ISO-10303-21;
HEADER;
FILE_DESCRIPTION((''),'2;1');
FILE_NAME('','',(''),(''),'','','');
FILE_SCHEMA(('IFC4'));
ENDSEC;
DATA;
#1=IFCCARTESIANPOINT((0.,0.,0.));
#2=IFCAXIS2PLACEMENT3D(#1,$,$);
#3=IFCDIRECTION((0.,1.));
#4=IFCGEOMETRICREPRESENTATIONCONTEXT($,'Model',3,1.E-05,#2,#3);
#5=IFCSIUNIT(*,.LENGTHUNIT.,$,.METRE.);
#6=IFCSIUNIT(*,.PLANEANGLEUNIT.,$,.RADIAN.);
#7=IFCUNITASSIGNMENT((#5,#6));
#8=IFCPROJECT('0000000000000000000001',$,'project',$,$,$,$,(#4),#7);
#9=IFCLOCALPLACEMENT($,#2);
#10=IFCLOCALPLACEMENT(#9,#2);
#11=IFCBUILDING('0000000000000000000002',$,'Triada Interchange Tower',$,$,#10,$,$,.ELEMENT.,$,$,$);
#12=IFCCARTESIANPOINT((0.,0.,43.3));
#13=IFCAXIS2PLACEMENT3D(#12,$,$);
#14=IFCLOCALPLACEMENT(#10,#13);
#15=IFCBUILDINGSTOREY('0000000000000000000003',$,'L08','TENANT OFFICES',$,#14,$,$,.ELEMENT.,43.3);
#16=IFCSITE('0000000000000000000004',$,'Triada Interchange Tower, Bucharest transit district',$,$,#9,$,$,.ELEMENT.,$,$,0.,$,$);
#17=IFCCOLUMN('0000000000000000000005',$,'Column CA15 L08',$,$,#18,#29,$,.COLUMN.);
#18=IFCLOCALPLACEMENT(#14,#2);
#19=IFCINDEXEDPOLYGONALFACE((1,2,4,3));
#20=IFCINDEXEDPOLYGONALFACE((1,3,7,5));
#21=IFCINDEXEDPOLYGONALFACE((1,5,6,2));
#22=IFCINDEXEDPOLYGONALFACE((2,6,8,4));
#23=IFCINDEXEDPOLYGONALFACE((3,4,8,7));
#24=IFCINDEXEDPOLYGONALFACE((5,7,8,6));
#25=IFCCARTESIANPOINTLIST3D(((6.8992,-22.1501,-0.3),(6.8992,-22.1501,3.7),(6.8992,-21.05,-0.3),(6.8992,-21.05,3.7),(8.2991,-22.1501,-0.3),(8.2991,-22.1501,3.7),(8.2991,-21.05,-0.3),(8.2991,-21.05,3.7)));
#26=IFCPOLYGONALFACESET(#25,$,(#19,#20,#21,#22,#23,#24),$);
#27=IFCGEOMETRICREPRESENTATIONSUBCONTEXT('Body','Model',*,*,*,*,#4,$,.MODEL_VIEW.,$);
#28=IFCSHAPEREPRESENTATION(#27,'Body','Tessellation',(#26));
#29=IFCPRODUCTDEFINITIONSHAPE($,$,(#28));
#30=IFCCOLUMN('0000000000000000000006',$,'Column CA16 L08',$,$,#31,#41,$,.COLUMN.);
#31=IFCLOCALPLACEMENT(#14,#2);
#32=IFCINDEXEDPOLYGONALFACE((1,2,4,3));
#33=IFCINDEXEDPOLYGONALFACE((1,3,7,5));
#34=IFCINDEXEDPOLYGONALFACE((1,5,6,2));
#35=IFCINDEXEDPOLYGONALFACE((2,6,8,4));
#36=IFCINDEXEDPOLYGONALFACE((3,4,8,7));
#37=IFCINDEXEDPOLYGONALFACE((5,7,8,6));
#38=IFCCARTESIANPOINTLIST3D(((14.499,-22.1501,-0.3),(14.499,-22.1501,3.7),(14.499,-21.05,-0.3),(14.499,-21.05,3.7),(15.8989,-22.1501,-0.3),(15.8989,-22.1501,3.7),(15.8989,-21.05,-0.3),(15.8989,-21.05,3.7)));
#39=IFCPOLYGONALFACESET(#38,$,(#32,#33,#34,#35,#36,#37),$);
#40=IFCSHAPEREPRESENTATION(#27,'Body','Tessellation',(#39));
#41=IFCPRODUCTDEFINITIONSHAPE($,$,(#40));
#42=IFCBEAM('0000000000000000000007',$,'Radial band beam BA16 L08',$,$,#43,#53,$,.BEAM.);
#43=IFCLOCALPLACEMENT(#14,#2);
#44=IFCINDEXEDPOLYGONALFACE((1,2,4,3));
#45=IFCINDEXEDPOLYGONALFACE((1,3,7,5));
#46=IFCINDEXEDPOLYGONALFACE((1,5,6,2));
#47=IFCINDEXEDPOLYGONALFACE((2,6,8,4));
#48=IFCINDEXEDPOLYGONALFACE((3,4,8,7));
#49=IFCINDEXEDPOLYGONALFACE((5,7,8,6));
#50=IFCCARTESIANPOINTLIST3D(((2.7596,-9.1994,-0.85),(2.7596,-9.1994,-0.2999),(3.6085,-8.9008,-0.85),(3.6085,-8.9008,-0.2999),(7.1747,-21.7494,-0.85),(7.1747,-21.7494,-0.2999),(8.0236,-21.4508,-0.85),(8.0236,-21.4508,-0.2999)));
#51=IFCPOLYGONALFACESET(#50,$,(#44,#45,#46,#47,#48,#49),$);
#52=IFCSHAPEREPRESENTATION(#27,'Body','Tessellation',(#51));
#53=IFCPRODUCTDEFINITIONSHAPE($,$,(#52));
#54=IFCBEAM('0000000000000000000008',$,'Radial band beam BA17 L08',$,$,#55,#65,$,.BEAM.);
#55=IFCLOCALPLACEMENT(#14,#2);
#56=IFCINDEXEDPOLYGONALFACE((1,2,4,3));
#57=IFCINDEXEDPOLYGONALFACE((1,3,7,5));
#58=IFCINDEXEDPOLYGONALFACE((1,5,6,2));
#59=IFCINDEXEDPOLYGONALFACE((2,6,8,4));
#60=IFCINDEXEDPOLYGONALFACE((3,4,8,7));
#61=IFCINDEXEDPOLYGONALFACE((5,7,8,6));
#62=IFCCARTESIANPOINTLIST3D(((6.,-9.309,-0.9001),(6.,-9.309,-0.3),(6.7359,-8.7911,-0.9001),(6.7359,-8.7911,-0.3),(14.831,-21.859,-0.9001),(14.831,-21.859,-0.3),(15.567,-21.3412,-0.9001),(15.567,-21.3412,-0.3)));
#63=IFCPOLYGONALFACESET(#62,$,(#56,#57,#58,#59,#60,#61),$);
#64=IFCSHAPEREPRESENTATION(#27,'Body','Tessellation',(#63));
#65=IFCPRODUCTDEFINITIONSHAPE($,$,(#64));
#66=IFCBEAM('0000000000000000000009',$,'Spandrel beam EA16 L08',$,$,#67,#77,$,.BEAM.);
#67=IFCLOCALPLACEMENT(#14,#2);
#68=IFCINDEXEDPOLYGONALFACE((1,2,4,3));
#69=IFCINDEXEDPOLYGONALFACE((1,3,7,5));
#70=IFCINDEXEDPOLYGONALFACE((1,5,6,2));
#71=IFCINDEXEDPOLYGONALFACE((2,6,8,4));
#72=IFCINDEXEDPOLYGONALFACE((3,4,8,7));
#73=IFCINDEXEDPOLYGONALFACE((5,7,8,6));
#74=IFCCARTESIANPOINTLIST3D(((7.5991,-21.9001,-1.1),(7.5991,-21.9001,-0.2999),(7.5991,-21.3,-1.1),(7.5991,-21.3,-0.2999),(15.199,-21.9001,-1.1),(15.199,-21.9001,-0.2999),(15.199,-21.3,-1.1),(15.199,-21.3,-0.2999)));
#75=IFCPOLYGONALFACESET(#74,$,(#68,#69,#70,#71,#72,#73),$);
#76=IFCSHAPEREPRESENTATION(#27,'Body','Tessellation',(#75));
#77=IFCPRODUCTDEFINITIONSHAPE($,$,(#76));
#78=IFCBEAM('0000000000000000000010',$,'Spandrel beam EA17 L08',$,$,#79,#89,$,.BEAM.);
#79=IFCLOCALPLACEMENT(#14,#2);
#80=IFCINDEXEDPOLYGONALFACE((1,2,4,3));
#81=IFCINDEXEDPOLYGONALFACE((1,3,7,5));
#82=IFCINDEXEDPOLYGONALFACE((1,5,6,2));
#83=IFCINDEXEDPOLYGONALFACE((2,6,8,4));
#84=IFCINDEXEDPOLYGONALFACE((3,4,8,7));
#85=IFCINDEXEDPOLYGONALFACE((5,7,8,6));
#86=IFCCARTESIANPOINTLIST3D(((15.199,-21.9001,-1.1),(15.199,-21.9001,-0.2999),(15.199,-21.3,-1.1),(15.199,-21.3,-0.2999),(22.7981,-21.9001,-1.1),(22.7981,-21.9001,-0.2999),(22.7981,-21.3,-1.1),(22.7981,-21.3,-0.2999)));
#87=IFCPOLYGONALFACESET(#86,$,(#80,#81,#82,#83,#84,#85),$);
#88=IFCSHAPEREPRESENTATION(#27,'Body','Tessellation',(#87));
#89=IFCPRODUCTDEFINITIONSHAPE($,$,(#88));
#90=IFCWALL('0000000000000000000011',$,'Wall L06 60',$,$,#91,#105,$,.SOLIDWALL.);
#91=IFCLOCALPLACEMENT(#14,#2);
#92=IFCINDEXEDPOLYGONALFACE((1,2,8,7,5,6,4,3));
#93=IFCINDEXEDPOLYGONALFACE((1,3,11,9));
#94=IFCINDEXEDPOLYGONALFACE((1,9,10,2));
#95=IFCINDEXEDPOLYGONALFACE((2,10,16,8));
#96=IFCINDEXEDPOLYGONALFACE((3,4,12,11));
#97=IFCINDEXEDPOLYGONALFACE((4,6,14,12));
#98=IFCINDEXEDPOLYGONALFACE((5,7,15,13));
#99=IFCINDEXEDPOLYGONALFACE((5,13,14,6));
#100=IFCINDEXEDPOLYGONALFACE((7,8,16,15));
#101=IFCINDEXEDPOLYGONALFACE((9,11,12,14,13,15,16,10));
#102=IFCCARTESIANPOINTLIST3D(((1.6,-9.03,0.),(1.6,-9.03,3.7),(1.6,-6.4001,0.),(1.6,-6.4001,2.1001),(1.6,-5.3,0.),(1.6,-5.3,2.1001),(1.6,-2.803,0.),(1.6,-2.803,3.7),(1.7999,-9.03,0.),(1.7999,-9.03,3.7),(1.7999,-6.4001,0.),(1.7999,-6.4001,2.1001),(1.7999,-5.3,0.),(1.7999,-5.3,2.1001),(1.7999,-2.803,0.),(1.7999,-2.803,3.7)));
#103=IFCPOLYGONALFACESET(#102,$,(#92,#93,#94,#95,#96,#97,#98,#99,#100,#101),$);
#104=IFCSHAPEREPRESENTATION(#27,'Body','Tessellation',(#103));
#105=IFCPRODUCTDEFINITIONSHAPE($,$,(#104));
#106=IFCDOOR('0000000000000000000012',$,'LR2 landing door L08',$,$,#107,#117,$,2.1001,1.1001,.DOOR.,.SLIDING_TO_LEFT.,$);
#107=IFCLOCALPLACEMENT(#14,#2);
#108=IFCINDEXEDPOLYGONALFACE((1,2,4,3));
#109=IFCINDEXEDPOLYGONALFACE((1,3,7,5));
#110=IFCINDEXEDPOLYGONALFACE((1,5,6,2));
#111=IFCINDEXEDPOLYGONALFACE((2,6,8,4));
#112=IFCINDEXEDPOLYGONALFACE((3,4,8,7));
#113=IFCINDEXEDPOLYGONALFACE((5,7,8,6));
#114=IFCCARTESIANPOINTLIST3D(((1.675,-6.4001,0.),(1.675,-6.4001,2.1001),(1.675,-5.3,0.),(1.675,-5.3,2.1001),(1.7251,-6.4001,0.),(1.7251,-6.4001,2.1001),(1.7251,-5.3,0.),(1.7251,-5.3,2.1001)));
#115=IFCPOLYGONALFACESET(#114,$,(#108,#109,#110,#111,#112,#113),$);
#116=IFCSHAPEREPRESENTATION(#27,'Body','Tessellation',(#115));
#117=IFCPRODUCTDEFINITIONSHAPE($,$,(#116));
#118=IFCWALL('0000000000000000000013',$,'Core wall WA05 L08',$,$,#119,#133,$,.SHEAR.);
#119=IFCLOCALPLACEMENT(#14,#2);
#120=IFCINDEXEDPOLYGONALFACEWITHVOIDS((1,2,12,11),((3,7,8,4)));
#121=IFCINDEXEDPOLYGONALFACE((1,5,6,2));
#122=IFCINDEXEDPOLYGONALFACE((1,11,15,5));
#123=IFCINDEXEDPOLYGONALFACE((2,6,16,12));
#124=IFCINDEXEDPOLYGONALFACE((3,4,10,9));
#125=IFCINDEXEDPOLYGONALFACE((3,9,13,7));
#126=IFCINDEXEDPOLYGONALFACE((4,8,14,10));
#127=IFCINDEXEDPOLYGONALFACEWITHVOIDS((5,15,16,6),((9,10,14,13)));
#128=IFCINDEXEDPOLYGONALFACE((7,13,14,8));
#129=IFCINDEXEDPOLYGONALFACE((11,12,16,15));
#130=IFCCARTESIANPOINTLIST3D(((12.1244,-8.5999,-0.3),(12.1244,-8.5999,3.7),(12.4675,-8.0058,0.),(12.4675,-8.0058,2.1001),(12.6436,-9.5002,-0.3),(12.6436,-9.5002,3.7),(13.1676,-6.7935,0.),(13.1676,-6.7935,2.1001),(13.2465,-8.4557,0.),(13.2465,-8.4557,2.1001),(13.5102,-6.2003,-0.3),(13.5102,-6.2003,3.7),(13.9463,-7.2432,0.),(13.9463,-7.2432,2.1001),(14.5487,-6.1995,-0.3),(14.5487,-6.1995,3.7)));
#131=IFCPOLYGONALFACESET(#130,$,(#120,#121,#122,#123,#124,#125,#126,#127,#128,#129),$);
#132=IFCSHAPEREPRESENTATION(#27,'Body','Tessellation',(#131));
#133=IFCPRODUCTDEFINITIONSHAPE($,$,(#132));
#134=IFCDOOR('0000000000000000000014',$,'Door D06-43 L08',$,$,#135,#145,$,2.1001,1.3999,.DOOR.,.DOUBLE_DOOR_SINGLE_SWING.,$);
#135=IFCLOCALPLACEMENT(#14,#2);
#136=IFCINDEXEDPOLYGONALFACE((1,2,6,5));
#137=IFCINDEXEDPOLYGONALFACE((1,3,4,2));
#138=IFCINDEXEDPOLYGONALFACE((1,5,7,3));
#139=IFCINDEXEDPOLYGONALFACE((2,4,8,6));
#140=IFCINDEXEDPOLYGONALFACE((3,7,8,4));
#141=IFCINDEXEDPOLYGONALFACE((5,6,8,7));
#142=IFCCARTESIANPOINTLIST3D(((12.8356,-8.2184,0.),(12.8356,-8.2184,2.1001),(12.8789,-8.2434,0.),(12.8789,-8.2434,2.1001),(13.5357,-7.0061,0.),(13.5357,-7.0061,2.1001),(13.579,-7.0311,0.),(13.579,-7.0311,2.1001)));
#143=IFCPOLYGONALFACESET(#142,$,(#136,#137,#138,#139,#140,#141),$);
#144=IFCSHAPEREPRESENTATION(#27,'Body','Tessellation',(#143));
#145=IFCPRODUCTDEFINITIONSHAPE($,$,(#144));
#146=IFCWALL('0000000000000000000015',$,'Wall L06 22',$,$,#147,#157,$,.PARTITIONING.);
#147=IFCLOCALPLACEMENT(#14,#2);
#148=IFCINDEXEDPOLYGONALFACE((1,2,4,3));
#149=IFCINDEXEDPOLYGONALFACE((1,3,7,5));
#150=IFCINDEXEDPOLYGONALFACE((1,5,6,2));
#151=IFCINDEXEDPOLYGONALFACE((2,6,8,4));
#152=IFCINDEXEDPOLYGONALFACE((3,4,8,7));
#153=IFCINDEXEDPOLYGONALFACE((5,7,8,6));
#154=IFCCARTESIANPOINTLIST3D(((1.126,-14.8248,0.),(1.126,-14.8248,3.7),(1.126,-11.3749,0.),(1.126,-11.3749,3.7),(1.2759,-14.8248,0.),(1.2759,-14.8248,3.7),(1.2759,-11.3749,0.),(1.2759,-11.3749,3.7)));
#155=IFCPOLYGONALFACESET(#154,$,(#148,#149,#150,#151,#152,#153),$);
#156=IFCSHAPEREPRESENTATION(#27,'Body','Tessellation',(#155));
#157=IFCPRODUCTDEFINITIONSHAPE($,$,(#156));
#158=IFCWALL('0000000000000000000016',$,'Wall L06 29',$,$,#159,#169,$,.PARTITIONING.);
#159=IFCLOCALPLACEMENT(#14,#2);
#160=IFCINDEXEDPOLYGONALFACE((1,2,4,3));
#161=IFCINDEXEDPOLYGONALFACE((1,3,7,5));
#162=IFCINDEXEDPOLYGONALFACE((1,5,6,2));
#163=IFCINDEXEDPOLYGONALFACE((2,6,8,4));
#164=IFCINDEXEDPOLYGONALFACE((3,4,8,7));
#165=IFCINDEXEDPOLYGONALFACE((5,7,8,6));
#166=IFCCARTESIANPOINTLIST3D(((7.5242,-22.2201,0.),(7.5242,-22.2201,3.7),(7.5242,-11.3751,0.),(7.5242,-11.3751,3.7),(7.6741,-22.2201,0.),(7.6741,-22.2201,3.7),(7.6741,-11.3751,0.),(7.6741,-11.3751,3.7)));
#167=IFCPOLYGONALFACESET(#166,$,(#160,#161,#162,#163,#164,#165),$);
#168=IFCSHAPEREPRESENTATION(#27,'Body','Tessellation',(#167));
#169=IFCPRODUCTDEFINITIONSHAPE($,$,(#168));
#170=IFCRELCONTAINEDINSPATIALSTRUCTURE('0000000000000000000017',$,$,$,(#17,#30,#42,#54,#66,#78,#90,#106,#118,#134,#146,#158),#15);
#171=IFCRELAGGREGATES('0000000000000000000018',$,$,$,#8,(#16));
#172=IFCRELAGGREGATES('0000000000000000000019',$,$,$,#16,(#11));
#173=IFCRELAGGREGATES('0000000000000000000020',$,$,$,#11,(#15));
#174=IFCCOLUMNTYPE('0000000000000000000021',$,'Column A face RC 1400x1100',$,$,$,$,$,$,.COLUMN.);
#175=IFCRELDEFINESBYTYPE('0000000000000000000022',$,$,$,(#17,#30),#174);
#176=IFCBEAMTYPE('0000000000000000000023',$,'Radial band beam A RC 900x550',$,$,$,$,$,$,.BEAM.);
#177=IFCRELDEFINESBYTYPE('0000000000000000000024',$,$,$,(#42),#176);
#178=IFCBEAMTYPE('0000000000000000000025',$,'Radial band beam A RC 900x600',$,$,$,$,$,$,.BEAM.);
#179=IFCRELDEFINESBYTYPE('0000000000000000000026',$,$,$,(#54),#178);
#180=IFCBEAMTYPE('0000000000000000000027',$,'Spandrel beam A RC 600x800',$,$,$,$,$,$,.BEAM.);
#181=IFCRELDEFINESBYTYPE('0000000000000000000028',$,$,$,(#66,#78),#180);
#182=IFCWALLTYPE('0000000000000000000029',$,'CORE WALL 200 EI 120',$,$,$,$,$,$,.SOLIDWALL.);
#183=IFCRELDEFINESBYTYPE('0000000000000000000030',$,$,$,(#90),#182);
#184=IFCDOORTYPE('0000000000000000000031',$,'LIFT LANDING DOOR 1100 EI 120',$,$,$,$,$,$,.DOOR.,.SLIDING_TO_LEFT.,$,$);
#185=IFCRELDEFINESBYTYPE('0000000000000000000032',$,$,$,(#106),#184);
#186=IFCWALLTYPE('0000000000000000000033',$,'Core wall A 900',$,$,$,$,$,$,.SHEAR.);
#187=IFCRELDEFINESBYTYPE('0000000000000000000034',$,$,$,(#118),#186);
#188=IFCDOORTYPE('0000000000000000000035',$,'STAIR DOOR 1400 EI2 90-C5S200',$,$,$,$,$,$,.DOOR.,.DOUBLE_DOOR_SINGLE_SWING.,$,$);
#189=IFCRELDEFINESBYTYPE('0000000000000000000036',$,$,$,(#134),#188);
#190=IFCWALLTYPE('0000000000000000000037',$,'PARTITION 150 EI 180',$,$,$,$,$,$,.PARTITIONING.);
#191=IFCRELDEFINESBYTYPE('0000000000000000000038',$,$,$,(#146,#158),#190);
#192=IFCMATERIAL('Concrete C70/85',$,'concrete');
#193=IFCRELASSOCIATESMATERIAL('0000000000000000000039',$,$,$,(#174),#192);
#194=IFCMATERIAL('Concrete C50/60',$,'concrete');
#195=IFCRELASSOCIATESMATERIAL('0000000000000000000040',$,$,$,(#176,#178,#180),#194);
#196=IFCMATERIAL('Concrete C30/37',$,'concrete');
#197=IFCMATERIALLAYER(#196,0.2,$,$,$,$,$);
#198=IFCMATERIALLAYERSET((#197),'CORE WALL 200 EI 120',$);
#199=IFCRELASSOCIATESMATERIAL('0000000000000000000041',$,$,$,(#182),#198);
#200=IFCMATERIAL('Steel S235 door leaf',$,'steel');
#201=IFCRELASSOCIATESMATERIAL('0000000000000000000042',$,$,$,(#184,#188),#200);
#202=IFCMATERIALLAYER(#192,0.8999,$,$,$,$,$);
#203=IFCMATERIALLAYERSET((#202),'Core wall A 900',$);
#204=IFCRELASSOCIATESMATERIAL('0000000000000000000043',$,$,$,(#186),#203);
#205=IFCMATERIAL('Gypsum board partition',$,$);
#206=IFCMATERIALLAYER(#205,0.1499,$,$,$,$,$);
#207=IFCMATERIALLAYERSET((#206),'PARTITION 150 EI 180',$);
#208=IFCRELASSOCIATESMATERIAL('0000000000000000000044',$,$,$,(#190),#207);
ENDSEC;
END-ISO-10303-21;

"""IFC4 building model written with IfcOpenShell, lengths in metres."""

from ifc_helpers import new_model, si_unit, direction, frame, frame_2d, origin, origin_2d, place, context, subcontext, project, spatial, polyline, rectangle, outline, extrude, material, layer, layer_set, material_profile, profile_set, type_object, element, fill, save


model = new_model("IFC4")

# Units and contexts
model_context = context("Model", 3, precision=1e-05, world=origin(), true_north=direction((0.0, 1.0)))
body_context = subcontext(model_context, "Body", "Model", "MODEL_VIEW")
ifc_project = project(units=[si_unit("LENGTHUNIT", "METRE"), si_unit("PLANEANGLEUNIT", "RADIAN")], contexts=[model_context])

# Site, building, storey
site_placement = place(None, origin())
site = spatial("IfcSite", under=ifc_project, at=site_placement, Name="Triada Interchange Tower, Bucharest transit district", CompositionType="ELEMENT", RefElevation=0.0)
building_placement = place(site_placement, origin())
building = spatial("IfcBuilding", under=site, at=building_placement, Name="Triada Interchange Tower", CompositionType="ELEMENT")
storey_placement = place(building_placement, frame((0.0, 0.0, 43.3)))
storey = spatial("IfcBuildingStorey", under=building, at=storey_placement, Name="L08", Description="TENANT OFFICES", CompositionType="ELEMENT", Elevation=43.3)

# Columns
ifc_material_1 = material(Name="Concrete C70/85", Category="concrete")
ifc_material_profile_1 = material_profile(ifc_material_1, rectangle(XDim=1.3999, YDim=1.1001, at=origin_2d()), Name="RC 1400x1100")
ifc_profile_set_1 = profile_set([ifc_material_profile_1], Name="Concrete C70/85")
column_type = type_object("IfcColumnType", Name="Column A face RC 1400x1100", PredefinedType="COLUMN", material=ifc_profile_set_1)
for number, where, z_axis, x_axis, name in (
    (1, (7.5991, -21.6001, -0.3), (0.0, 0.0, 1.0), (1.0, 0.0, 0.0), "Column CA15 L08"),
    (2, (15.199, -21.6001, -0.3), (0.0, 0.0, 1.0), (1.0, 0.0, 0.0), "Column CA16 L08"),
):
    element("IfcColumn", number, at=place(storey_placement, frame(where, z_axis=z_axis, x_axis=x_axis)), inside=storey, type_object=column_type, Name=name, PredefinedType="COLUMN", context=body_context, shape_type="SweptSolid", body=[
        extrude(rectangle(XDim=1.3999, YDim=1.1001, at=origin_2d()), origin(), (0.0, 0.0, 1.0), 4.0),
    ])

# Beams
ifc_material_2 = material(Name="Concrete C50/60", Category="concrete")
ifc_material_profile_2 = material_profile(ifc_material_2, rectangle(XDim=0.8999, YDim=0.55, at=origin_2d()), Name="RC 900x550")
ifc_profile_set_2 = profile_set([ifc_material_profile_2], Name="Concrete C50/60")
beam_type_1 = type_object("IfcBeamType", Name="Radial band beam A RC 900x550", PredefinedType="BEAM", material=ifc_profile_set_2)
beam_1_placement = place(storey_placement, frame((7.5991, -21.6001, -0.575), z_axis=(-0.331858, 0.943329, 0.0), x_axis=(-0.943329, -0.331858, 0.0)))
element("IfcBeam", 3, at=beam_1_placement, inside=storey, type_object=beam_type_1, Name="Radial band beam BA16 L08", PredefinedType="BEAM", context=body_context, shape_type="SweptSolid", body=[
    extrude(rectangle(XDim=0.8999, YDim=0.55, at=origin_2d()), origin(), (0.0, 0.0, 1.0), 13.304),
])
ifc_material_profile_3 = material_profile(ifc_material_2, rectangle(XDim=0.8999, YDim=0.6001, at=origin_2d()), Name="RC 900x600")
ifc_profile_set_3 = profile_set([ifc_material_profile_3], Name="Concrete C50/60")
beam_type_2 = type_object("IfcBeamType", Name="Radial band beam A RC 900x600", PredefinedType="BEAM", material=ifc_profile_set_3)
beam_2_placement = place(storey_placement, frame((15.199, -21.6001, -0.6001), z_axis=(-0.575473, 0.817821, 0.0), x_axis=(-0.817821, -0.575473, 0.0)))
element("IfcBeam", 4, at=beam_2_placement, inside=storey, type_object=beam_type_2, Name="Radial band beam BA17 L08", PredefinedType="BEAM", context=body_context, shape_type="SweptSolid", body=[
    extrude(rectangle(XDim=0.8999, YDim=0.6001, at=origin_2d()), origin(), (0.0, 0.0, 1.0), 15.3457),
])
ifc_material_profile_4 = material_profile(ifc_material_2, rectangle(XDim=0.6001, YDim=0.8, at=origin_2d()), Name="RC 600x800")
ifc_profile_set_4 = profile_set([ifc_material_profile_4], Name="Concrete C50/60")
beam_type_3 = type_object("IfcBeamType", Name="Spandrel beam A RC 600x800", PredefinedType="BEAM", material=ifc_profile_set_4)
beam_3_placement = place(storey_placement, frame((7.5991, -21.6001, -0.7), z_axis=(1.0, 0.0, 0.0), x_axis=(0.0, 1.0, 0.0)))
element("IfcBeam", 5, at=beam_3_placement, inside=storey, type_object=beam_type_3, Name="Spandrel beam EA16 L08", PredefinedType="BEAM", context=body_context, shape_type="SweptSolid", body=[
    extrude(rectangle(XDim=0.6001, YDim=0.8, at=origin_2d()), origin(), (0.0, 0.0, 1.0), 7.5999),
])
beam_4_placement = place(storey_placement, frame((15.199, -21.6001, -0.7), z_axis=(1.0, 0.0, 0.0), x_axis=(0.0, 1.0, 0.0)))
element("IfcBeam", 6, at=beam_4_placement, inside=storey, type_object=beam_type_3, Name="Spandrel beam EA17 L08", PredefinedType="BEAM", context=body_context, shape_type="SweptSolid", body=[
    extrude(rectangle(XDim=0.6001, YDim=0.8, at=origin_2d()), origin(), (0.0, 0.0, 1.0), 7.5991),
])

# Walls, openings, doors
ifc_material_3 = material(Name="Concrete C30/37", Category="concrete")
ifc_layer_1 = layer(ifc_material_3, 0.2)
ifc_layer_set_1 = layer_set([ifc_layer_1], Name="CORE WALL 200 EI 120")
wall_type_1 = type_object("IfcWallType", Name="CORE WALL 200 EI 120", PredefinedType="SOLIDWALL", material=ifc_layer_set_1)
wall_1_placement = place(storey_placement, frame((1.7, -9.03, 0.0), z_axis=(0.0, 0.0, 1.0), x_axis=(0.0, 1.0, 0.0)))
wall_1 = element("IfcWall", 7, at=wall_1_placement, inside=storey, type_object=wall_type_1, Name="Wall L06 60", PredefinedType="SOLIDWALL", context=body_context, shape_type="SweptSolid", body=[
    extrude(rectangle(XDim=6.2271, YDim=0.2, at=frame_2d((3.1135, 0.0))), origin(), (0.0, 0.0, 1.0), 3.7),
])
opening_1_placement = place(wall_1_placement, frame((2.6299, 0.0, 0.0)))
opening_1 = element("IfcOpeningElement", 8, at=opening_1_placement, cuts=wall_1, PredefinedType="OPENING", context=body_context, shape_type="SweptSolid", body=[
    extrude(rectangle(XDim=1.1001, YDim=2.1001, at=frame_2d((0.55, 1.05))), frame((0.0, 0.1099, 0.0), z_axis=(0.0, -1.0, 0.0), x_axis=(1.0, 0.0, 0.0)), (0.0, 0.0, 1.0), 0.22),
])
ifc_material_4 = material(Name="Steel S235 door leaf", Category="steel")
door_type_1 = type_object("IfcDoorType", Name="LIFT LANDING DOOR 1100 EI 120", OperationType="SLIDING_TO_LEFT", PredefinedType="DOOR", material=ifc_material_4)
door_1_placement = place(opening_1_placement, origin())
door_1 = element("IfcDoor", 9, at=door_1_placement, inside=storey, type_object=door_type_1, Name="LR2 landing door L08", OperationType="SLIDING_TO_LEFT", OverallHeight=2.1001, OverallWidth=1.1001, PredefinedType="DOOR", context=body_context, shape_type="SweptSolid", body=[
    extrude(rectangle(XDim=1.1001, YDim=2.1001, at=frame_2d((0.55, 1.05))), frame((0.0, 0.0249, 0.0), z_axis=(0.0, -1.0, 0.0), x_axis=(1.0, 0.0, 0.0)), (0.0, 0.0, 1.0), 0.05),
])
fill(opening_1, door_1)
ifc_layer_2 = layer(ifc_material_1, 0.8999)
ifc_layer_set_2 = layer_set([ifc_layer_2], Name="Core wall A 900")
wall_type_2 = type_object("IfcWallType", Name="Core wall A 900", PredefinedType="SHEAR", material=ifc_layer_set_2)
wall_2_placement = place(storey_placement, frame((12.384, -9.05, -0.3), z_axis=(0.0, 0.0, 1.0), x_axis=(0.500112, 0.865961, 0.0)))
wall_2 = element("IfcWall", 10, at=wall_2_placement, inside=storey, type_object=wall_type_2, Name="Core wall WA05 L08", PredefinedType="SHEAR", context=body_context, shape_type="SweptSolid", body=[
    extrude(outline(polyline([(-0.26, -0.45), (1.6455, -0.4495), (3.551, -0.449), (3.031, 0.45), (1.6455, 0.45), (0.26, 0.45), (-0.26, -0.45)])), origin(), (0.0, 0.0, 1.0), 4.0),
])
opening_2_placement = place(wall_2_placement, frame((0.946, 0.0, 0.3)))
opening_2 = element("IfcOpeningElement", 11, at=opening_2_placement, cuts=wall_2, PredefinedType="OPENING", context=body_context, shape_type="SweptSolid", body=[
    extrude(rectangle(XDim=1.3999, YDim=2.1001, at=frame_2d((0.7, 1.05))), frame((0.0, 0.46, 0.0), z_axis=(0.0, -1.0, 0.0), x_axis=(1.0, 0.0, 0.0)), (0.0, 0.0, 1.0), 0.9199),
])
door_type_2 = type_object("IfcDoorType", Name="STAIR DOOR 1400 EI2 90-C5S200", OperationType="DOUBLE_DOOR_SINGLE_SWING", PredefinedType="DOOR", material=ifc_material_4)
door_2_placement = place(opening_2_placement, origin())
door_2 = element("IfcDoor", 12, at=door_2_placement, inside=storey, type_object=door_type_2, Name="Door D06-43 L08", OperationType="DOUBLE_DOOR_SINGLE_SWING", OverallHeight=2.1001, OverallWidth=1.3999, PredefinedType="DOOR", context=body_context, shape_type="SweptSolid", body=[
    extrude(rectangle(XDim=1.3999, YDim=2.1001, at=frame_2d((0.7, 1.05))), frame((0.0, 0.0249, 0.0), z_axis=(0.0, -1.0, 0.0), x_axis=(1.0, 0.0, 0.0)), (0.0, 0.0, 1.0), 0.05),
])
fill(opening_2, door_2)

# Walls
ifc_material_5 = material(Name="Gypsum board partition")
ifc_layer_3 = layer(ifc_material_5, 0.1499)
ifc_layer_set_3 = layer_set([ifc_layer_3], Name="PARTITION 150 EI 180")
wall_type_3 = type_object("IfcWallType", Name="PARTITION 150 EI 180", PredefinedType="PARTITIONING", material=ifc_layer_set_3)
wall_3_placement = place(storey_placement, frame((1.2009, -14.825, 0.0), z_axis=(0.0, 0.0, 1.0), x_axis=(0.0, 1.0, 0.0)))
element("IfcWall", 13, at=wall_3_placement, inside=storey, type_object=wall_type_3, Name="Wall L06 22", PredefinedType="PARTITIONING", context=body_context, shape_type="SweptSolid", body=[
    extrude(rectangle(XDim=3.45, YDim=0.1499, at=frame_2d((1.7251, 0.0))), origin(), (0.0, 0.0, 1.0), 3.7),
])
wall_4_placement = place(storey_placement, frame((7.5991, -22.22, 0.0), z_axis=(0.0, 0.0, 1.0), x_axis=(0.0, 1.0, 0.0)))
element("IfcWall", 14, at=wall_4_placement, inside=storey, type_object=wall_type_3, Name="Wall L06 29", PredefinedType="PARTITIONING", context=body_context, shape_type="SweptSolid", body=[
    extrude(rectangle(XDim=10.845, YDim=0.1499, at=frame_2d((5.4224, 0.0))), origin(), (0.0, 0.0, 1.0), 3.7),
])

save(model, "model.ifc")
